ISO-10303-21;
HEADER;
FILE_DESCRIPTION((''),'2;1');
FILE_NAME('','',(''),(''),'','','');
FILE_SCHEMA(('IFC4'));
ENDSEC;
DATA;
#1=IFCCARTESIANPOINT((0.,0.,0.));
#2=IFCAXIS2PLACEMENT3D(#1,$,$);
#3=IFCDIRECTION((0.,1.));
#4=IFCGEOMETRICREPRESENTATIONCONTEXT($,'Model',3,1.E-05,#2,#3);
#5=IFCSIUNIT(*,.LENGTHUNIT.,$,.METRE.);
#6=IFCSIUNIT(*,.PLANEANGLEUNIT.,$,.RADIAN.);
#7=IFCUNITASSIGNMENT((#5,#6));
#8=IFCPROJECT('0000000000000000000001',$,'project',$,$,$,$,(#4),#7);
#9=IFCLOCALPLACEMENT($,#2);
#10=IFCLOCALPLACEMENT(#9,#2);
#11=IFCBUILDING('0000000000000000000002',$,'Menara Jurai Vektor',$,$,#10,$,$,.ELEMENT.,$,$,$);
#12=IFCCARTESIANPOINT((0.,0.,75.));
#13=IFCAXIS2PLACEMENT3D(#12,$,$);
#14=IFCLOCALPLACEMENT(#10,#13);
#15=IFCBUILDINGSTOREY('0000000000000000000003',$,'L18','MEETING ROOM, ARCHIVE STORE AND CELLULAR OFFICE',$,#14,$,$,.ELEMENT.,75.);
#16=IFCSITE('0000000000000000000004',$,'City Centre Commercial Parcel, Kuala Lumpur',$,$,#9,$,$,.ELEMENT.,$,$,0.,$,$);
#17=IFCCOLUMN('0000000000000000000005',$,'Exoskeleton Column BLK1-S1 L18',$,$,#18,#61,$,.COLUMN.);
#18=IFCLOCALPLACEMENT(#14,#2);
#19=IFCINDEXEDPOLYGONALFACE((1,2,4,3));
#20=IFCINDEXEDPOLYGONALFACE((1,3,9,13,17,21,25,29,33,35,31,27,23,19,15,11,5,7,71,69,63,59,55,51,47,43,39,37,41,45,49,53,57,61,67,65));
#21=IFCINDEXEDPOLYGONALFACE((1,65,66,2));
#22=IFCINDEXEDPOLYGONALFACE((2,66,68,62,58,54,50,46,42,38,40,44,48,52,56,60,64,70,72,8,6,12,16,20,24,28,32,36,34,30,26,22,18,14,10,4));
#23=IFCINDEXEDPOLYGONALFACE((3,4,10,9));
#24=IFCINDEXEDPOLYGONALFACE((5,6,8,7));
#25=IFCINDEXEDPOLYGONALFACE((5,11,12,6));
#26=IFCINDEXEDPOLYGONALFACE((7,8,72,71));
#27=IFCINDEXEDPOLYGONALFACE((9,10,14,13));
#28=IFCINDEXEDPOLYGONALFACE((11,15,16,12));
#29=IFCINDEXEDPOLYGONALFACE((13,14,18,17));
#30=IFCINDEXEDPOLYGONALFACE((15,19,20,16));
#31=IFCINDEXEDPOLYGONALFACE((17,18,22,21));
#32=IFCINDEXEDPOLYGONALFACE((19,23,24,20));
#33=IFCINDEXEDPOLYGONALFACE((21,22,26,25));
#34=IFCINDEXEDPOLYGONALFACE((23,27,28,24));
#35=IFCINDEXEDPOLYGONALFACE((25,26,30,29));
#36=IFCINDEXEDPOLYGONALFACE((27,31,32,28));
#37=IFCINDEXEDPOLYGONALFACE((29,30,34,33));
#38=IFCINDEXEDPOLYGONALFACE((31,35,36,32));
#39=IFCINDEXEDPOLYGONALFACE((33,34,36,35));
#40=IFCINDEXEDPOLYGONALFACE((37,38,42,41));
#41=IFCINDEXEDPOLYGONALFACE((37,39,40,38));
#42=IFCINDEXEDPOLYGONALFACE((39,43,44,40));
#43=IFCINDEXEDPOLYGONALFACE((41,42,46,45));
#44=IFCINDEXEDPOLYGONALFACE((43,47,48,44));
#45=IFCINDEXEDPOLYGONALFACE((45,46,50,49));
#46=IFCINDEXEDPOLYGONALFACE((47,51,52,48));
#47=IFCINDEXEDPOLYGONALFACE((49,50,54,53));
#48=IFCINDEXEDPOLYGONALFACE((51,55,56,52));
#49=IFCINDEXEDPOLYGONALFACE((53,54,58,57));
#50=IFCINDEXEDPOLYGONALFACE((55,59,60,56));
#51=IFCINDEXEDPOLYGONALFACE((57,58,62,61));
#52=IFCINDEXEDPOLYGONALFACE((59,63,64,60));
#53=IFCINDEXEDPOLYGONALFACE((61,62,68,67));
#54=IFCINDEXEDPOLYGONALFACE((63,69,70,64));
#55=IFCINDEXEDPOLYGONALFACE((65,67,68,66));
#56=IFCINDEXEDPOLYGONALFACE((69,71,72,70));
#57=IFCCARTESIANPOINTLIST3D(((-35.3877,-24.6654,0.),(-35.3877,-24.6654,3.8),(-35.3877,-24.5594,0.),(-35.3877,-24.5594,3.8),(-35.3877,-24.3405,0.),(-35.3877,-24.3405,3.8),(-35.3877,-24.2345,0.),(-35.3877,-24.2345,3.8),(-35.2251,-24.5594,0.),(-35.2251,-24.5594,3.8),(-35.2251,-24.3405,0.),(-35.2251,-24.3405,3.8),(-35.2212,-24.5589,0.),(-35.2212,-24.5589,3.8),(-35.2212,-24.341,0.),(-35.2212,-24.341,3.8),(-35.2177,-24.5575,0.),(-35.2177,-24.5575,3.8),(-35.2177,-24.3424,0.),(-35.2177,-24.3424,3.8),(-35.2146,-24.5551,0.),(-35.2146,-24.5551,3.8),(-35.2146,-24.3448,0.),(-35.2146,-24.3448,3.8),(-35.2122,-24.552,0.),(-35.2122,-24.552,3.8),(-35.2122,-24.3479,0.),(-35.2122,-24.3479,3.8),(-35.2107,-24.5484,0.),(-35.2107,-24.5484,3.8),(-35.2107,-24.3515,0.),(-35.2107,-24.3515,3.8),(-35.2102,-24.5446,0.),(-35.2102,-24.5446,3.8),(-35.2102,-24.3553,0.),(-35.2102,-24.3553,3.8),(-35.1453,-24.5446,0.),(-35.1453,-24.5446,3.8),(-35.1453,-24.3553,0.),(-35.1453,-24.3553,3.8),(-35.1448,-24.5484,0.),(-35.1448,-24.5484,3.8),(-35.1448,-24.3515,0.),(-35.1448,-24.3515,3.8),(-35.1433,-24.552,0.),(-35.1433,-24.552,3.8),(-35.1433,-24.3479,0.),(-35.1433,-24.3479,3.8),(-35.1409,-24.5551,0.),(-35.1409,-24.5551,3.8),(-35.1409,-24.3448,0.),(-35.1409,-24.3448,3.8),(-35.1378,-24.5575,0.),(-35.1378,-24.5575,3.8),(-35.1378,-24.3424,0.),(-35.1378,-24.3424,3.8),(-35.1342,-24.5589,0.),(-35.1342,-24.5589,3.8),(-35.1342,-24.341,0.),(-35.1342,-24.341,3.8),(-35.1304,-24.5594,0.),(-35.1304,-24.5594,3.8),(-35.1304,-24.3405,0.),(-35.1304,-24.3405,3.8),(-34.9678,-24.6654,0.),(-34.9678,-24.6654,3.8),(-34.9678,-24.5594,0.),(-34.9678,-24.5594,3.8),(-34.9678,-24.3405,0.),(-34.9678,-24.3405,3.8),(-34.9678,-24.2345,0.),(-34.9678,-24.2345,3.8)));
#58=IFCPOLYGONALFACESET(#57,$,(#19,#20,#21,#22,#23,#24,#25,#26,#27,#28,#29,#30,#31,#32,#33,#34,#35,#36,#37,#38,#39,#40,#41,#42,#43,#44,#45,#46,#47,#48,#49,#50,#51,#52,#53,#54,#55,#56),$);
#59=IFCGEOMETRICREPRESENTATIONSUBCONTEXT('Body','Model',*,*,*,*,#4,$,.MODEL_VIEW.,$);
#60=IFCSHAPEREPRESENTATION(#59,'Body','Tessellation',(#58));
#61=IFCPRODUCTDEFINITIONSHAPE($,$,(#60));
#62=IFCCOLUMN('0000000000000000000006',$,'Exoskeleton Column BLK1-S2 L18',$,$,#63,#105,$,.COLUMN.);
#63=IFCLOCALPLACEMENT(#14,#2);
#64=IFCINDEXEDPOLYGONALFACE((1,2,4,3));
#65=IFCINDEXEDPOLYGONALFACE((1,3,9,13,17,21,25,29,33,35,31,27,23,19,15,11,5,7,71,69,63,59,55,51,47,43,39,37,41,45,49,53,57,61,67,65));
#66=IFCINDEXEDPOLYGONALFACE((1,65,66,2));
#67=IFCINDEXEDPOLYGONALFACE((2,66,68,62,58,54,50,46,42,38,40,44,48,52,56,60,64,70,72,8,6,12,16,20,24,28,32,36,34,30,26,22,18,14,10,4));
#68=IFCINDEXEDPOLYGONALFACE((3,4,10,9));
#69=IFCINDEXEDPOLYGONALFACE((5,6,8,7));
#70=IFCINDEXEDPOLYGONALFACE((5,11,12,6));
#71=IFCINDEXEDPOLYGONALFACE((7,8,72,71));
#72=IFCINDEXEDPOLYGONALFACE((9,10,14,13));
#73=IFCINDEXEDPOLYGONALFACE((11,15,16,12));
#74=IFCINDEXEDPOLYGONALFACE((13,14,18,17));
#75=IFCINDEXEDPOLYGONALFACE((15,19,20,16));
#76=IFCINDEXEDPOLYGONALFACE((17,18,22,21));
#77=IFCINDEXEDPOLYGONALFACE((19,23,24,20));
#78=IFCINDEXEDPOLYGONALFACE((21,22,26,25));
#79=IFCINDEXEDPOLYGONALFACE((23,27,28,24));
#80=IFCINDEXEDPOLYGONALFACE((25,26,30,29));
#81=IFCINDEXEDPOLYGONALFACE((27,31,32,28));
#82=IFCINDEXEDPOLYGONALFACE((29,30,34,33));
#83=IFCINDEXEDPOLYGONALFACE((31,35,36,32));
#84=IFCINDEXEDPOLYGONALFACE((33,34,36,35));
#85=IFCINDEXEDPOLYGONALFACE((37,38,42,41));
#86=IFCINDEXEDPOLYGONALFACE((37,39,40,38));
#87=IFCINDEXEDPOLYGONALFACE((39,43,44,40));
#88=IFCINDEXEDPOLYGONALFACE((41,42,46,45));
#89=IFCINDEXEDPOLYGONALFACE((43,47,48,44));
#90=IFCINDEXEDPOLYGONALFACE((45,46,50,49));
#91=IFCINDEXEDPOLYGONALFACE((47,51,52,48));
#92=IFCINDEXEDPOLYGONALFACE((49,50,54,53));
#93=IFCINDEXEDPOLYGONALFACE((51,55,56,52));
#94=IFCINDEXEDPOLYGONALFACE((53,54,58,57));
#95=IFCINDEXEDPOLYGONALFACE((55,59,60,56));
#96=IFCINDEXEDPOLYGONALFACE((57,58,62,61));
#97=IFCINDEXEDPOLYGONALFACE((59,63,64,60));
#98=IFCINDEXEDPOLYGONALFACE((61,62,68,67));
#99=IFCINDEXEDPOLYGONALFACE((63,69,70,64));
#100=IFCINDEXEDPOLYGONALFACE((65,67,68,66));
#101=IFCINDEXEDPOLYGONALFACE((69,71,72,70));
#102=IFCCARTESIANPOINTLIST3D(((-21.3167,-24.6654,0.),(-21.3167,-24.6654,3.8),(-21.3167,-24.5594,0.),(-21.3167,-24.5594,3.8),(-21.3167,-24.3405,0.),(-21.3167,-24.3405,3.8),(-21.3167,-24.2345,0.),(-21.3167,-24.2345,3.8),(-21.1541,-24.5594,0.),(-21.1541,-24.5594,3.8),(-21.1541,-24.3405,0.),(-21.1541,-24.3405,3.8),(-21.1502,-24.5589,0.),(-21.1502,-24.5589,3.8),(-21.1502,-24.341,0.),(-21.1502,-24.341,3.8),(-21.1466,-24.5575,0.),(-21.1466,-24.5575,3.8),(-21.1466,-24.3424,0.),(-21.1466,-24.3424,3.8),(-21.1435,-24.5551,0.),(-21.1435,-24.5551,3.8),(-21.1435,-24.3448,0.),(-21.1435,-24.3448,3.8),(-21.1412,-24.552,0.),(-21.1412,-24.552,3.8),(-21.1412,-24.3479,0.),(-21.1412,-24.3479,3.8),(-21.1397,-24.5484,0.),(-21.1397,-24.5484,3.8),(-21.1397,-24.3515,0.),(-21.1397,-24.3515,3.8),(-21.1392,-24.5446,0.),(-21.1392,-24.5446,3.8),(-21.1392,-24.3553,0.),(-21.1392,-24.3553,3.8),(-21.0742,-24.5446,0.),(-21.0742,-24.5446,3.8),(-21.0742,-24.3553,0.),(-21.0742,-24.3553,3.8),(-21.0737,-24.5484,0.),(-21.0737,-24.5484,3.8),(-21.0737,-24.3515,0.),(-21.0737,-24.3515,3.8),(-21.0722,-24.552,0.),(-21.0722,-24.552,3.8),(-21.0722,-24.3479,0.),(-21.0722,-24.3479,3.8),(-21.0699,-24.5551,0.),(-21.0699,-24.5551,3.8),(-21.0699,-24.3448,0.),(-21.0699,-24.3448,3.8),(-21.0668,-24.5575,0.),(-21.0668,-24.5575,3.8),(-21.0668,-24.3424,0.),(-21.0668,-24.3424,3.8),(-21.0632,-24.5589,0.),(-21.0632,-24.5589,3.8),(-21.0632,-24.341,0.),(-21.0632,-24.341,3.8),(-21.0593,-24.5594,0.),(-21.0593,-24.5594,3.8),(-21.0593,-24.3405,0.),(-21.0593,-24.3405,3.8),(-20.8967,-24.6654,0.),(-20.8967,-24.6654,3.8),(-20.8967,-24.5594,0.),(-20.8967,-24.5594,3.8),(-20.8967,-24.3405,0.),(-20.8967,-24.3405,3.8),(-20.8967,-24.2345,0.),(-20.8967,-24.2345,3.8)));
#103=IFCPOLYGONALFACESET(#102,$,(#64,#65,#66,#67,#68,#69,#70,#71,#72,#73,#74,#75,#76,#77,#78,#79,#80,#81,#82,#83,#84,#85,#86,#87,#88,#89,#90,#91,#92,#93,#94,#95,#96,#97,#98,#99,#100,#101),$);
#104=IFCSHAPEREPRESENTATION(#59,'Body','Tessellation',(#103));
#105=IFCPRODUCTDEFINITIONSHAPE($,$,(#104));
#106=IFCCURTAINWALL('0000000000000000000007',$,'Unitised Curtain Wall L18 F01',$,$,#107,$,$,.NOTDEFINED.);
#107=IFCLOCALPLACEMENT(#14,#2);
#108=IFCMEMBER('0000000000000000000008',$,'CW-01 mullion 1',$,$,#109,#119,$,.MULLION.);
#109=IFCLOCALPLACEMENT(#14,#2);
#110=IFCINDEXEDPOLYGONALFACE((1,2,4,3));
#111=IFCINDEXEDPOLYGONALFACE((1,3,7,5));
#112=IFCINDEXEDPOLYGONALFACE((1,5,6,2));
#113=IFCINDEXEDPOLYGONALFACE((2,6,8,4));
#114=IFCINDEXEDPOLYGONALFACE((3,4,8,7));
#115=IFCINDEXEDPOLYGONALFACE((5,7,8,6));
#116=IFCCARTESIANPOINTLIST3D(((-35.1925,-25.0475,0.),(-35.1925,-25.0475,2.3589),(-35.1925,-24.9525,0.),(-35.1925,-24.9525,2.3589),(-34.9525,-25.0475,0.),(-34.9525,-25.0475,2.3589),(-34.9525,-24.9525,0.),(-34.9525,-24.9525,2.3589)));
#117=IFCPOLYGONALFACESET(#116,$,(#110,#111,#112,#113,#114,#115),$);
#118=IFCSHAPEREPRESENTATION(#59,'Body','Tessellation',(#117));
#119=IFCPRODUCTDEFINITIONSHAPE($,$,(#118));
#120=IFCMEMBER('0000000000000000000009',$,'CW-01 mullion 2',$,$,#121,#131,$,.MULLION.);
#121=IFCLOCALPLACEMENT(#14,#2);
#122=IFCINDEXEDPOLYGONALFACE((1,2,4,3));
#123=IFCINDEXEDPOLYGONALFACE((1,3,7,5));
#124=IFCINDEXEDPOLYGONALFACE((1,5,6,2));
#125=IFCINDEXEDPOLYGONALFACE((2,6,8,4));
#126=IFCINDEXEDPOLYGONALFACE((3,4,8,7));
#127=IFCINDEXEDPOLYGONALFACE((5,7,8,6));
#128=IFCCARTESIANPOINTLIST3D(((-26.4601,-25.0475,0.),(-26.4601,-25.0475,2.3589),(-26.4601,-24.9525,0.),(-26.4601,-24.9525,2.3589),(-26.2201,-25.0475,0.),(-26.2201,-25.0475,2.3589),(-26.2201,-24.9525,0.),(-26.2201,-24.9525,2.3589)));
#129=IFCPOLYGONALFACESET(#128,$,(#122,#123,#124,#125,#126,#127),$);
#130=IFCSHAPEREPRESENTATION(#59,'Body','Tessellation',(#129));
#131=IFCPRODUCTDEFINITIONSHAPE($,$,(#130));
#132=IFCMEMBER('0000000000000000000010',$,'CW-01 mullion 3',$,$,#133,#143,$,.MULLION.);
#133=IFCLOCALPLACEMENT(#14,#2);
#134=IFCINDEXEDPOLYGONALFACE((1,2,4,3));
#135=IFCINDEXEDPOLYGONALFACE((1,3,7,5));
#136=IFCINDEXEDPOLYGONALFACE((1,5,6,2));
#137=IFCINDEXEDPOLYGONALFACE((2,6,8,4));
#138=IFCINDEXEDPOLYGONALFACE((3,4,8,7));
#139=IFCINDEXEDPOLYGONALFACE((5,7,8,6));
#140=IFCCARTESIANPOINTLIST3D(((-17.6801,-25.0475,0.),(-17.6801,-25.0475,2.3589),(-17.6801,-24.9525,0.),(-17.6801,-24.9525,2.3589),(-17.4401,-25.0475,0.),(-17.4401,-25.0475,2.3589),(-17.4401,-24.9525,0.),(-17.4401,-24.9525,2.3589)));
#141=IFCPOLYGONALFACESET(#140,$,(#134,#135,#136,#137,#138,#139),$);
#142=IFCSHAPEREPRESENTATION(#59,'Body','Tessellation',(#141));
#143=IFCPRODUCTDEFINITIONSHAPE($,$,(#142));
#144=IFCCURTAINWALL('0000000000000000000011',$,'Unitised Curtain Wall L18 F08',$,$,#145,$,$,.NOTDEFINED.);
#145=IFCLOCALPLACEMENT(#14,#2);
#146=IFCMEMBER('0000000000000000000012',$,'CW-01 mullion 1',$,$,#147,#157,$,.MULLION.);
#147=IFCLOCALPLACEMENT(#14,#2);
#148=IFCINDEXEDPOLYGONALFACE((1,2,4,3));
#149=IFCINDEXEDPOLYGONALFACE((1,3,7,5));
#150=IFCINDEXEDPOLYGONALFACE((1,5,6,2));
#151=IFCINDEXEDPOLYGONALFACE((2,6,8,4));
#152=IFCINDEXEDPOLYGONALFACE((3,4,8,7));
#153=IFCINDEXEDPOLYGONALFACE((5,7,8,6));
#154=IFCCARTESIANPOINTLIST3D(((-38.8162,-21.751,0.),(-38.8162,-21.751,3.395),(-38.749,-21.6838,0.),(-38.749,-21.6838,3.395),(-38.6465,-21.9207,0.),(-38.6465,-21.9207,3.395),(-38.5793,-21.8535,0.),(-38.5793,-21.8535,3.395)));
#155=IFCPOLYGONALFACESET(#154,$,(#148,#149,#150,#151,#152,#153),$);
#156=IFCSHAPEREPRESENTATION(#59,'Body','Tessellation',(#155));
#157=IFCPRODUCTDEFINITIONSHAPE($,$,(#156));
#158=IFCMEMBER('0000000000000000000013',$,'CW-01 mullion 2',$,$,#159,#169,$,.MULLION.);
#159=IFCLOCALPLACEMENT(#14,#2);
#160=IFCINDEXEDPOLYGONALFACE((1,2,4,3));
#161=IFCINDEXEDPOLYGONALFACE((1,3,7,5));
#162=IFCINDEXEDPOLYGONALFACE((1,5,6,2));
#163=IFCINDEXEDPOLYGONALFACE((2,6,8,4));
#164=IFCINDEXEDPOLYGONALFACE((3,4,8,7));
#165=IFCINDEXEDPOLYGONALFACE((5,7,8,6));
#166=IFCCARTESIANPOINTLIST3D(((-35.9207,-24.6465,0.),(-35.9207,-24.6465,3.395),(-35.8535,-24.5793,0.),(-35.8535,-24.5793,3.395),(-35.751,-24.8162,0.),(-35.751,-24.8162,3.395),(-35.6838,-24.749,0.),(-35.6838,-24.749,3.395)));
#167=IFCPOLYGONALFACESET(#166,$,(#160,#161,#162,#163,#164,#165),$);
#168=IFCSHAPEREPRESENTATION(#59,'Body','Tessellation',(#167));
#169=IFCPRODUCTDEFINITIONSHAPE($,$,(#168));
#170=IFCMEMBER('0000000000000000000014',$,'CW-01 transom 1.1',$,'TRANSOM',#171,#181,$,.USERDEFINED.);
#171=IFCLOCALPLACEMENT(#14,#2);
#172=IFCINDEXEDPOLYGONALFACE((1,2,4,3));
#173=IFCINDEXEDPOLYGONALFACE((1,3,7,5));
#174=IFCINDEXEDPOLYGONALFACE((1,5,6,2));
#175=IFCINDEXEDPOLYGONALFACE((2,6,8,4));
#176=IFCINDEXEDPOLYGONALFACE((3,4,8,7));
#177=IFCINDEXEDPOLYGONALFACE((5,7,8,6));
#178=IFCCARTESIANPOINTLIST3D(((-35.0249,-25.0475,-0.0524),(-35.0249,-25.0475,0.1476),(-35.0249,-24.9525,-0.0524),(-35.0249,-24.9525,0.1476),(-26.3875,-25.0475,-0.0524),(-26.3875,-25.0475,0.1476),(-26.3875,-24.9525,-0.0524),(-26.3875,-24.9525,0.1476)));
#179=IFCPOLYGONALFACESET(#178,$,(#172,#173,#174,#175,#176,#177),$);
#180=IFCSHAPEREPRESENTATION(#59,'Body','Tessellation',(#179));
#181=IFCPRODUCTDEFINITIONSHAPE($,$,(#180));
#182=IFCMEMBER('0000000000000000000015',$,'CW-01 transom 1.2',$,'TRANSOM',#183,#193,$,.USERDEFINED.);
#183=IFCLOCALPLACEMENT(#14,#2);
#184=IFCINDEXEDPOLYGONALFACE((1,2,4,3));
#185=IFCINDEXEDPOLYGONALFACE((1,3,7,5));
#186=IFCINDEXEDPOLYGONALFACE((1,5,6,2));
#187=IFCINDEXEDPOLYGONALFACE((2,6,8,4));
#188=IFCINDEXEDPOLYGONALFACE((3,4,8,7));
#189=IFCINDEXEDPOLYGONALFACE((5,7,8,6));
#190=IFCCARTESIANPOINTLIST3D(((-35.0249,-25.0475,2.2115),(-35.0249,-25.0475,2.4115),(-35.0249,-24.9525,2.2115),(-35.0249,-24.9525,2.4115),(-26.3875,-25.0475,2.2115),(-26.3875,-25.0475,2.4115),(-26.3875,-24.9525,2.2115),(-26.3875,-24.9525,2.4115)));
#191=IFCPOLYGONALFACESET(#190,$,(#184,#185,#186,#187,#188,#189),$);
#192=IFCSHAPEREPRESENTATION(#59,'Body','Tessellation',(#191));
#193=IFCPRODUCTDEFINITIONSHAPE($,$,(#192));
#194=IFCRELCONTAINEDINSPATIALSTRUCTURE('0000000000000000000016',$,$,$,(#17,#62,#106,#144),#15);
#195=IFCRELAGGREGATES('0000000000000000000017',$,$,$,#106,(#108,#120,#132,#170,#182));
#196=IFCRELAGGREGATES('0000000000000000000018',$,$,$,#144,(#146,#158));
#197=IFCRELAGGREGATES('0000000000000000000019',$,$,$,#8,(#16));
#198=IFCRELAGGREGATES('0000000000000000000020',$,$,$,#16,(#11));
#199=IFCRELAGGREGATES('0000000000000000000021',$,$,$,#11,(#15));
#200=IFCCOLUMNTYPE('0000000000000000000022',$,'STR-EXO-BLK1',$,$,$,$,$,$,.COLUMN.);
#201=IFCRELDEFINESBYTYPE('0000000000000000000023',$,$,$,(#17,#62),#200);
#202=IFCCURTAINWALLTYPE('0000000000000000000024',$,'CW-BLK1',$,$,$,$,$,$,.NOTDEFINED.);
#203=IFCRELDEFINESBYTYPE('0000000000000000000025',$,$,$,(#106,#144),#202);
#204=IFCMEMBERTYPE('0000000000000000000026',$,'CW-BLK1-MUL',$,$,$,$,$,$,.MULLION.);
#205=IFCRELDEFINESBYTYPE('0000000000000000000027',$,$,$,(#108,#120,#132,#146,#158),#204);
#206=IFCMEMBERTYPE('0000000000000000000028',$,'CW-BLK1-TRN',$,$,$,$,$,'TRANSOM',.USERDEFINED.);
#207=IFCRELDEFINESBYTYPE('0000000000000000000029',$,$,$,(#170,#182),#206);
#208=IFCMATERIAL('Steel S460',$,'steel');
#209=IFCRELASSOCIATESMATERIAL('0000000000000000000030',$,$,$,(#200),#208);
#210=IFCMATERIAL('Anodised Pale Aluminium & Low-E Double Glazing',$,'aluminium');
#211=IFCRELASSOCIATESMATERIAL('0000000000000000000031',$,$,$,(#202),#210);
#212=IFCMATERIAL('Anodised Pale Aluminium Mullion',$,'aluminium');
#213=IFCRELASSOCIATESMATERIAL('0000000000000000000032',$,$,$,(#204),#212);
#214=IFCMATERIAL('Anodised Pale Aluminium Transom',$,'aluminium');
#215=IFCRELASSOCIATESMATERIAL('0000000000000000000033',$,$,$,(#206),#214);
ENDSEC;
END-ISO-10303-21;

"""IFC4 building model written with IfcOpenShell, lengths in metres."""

from ifc_helpers import new_model, si_unit, direction, frame, origin, origin_2d, place, context, subcontext, project, spatial, rectangle, i_section, extrude, material, material_profile, profile_set, type_object, element, aggregate, save


model = new_model("IFC4")

# Units and contexts
model_context = context("Model", 3, precision=1e-05, world=origin(), true_north=direction((0.0, 1.0)))
body_context = subcontext(model_context, "Body", "Model", "MODEL_VIEW")
ifc_project = project(units=[si_unit("LENGTHUNIT", "METRE"), si_unit("PLANEANGLEUNIT", "RADIAN")], contexts=[model_context])

# Site, building, storey
site_placement = place(None, origin())
site = spatial("IfcSite", under=ifc_project, at=site_placement, Name="City Centre Commercial Parcel, Kuala Lumpur", CompositionType="ELEMENT", RefElevation=0.0)
building_placement = place(site_placement, origin())
building = spatial("IfcBuilding", under=site, at=building_placement, Name="Menara Jurai Vektor", CompositionType="ELEMENT")
storey_placement = place(building_placement, frame((0.0, 0.0, 75.0)))
storey = spatial("IfcBuildingStorey", under=building, at=storey_placement, Name="L18", Description="MEETING ROOM, ARCHIVE STORE AND CELLULAR OFFICE", CompositionType="ELEMENT", Elevation=75.0)

# Columns
ifc_material_1 = material(Name="Steel S460", Category="steel")
ifc_material_profile_1 = material_profile(ifc_material_1, i_section(OverallWidth=0.4199, OverallDepth=0.4309, WebThickness=0.0649, FlangeThickness=0.106, FilletRadius=0.0149, at=origin_2d()), Name="HD 400x900")
ifc_profile_set_1 = profile_set([ifc_material_profile_1], Name="Steel S460")
column_type = type_object("IfcColumnType", Name="STR-EXO-BLK1", PredefinedType="COLUMN", material=ifc_profile_set_1)
for number, where, z_axis, x_axis, name in (
    (1, (-35.1777, -24.45, 0.0), (0.0, 0.0, 1.0), (1.0, 0.0, 0.0), "Exoskeleton Column BLK1-S1 L18"),
    (2, (-21.1067, -24.45, 0.0), (0.0, 0.0, 1.0), (1.0, 0.0, 0.0), "Exoskeleton Column BLK1-S2 L18"),
):
    element("IfcColumn", number, at=place(storey_placement, frame(where, z_axis=z_axis, x_axis=x_axis)), inside=storey, type_object=column_type, Name=name, PredefinedType="COLUMN", context=body_context, shape_type="SweptSolid", body=[
        extrude(i_section(OverallWidth=0.4199, OverallDepth=0.4309, WebThickness=0.0649, FlangeThickness=0.106, FilletRadius=0.0149, at=origin_2d()), origin(), (0.0, 0.0, 1.0), 3.8),
    ])

# Curtain walls, members
ifc_material_2 = material(Name="Anodised Pale Aluminium & Low-E Double Glazing", Category="aluminium")
curtain_wall_type = type_object("IfcCurtainWallType", Name="CW-BLK1", PredefinedType="NOTDEFINED", material=ifc_material_2)
curtain_wall_1_placement = place(storey_placement, origin())
curtain_wall_1 = element("IfcCurtainWall", 3, at=curtain_wall_1_placement, inside=storey, type_object=curtain_wall_type, Name="Unitised Curtain Wall L18 F01", PredefinedType="NOTDEFINED")
ifc_material_3 = material(Name="Anodised Pale Aluminium Mullion", Category="aluminium")
ifc_material_profile_2 = material_profile(ifc_material_3, rectangle(XDim=0.095, YDim=0.24, at=origin_2d()), Name="ALU MUL 95x240")
ifc_profile_set_2 = profile_set([ifc_material_profile_2], Name="Anodised Pale Aluminium Mullion")
member_type_1 = type_object("IfcMemberType", Name="CW-BLK1-MUL", PredefinedType="MULLION", material=ifc_profile_set_2)
member_1_placement = place(storey_placement, frame((-35.0725, -25.0, 0.0), z_axis=(0.0, 0.0, 1.0), x_axis=(0.0, 1.0, 0.0)))
member_1 = element("IfcMember", 4, at=member_1_placement, type_object=member_type_1, Name="CW-01 mullion 1", PredefinedType="MULLION", context=body_context, shape_type="SweptSolid", body=[
    extrude(rectangle(XDim=0.095, YDim=0.24, at=origin_2d()), origin(), (0.0, 0.0, 1.0), 2.3589),
])
member_2_placement = place(storey_placement, frame((-26.3401, -25.0, 0.0), z_axis=(0.0, 0.0, 1.0), x_axis=(0.0, 1.0, 0.0)))
member_2 = element("IfcMember", 5, at=member_2_placement, type_object=member_type_1, Name="CW-01 mullion 2", PredefinedType="MULLION", context=body_context, shape_type="SweptSolid", body=[
    extrude(rectangle(XDim=0.095, YDim=0.24, at=origin_2d()), origin(), (0.0, 0.0, 1.0), 2.3589),
])
member_3_placement = place(storey_placement, frame((-17.5601, -25.0, 0.0), z_axis=(0.0, 0.0, 1.0), x_axis=(0.0, 1.0, 0.0)))
member_3 = element("IfcMember", 6, at=member_3_placement, type_object=member_type_1, Name="CW-01 mullion 3", PredefinedType="MULLION", context=body_context, shape_type="SweptSolid", body=[
    extrude(rectangle(XDim=0.095, YDim=0.24, at=origin_2d()), origin(), (0.0, 0.0, 1.0), 2.3589),
])
curtain_wall_2_placement = place(storey_placement, origin())
curtain_wall_2 = element("IfcCurtainWall", 7, at=curtain_wall_2_placement, inside=storey, type_object=curtain_wall_type, Name="Unitised Curtain Wall L18 F08", PredefinedType="NOTDEFINED")
member_4_placement = place(storey_placement, frame((-38.6978, -21.8022, 0.0), z_axis=(0.0, 0.0, 1.0), x_axis=(0.707107, 0.707107, 0.0)))
member_4 = element("IfcMember", 8, at=member_4_placement, type_object=member_type_1, Name="CW-01 mullion 1", PredefinedType="MULLION", context=body_context, shape_type="SweptSolid", body=[
    extrude(rectangle(XDim=0.095, YDim=0.24, at=origin_2d()), origin(), (0.0, 0.0, 1.0), 3.395),
])
member_5_placement = place(storey_placement, frame((-35.8022, -24.6978, 0.0), z_axis=(0.0, 0.0, 1.0), x_axis=(0.707107, 0.707107, 0.0)))
member_5 = element("IfcMember", 9, at=member_5_placement, type_object=member_type_1, Name="CW-01 mullion 2", PredefinedType="MULLION", context=body_context, shape_type="SweptSolid", body=[
    extrude(rectangle(XDim=0.095, YDim=0.24, at=origin_2d()), origin(), (0.0, 0.0, 1.0), 3.395),
])

# Members
ifc_material_4 = material(Name="Anodised Pale Aluminium Transom", Category="aluminium")
ifc_material_profile_3 = material_profile(ifc_material_4, rectangle(XDim=0.095, YDim=0.2, at=origin_2d()), Name="ALU TRN 95x200")
ifc_profile_set_3 = profile_set([ifc_material_profile_3], Name="Anodised Pale Aluminium Transom")
member_type_2 = type_object("IfcMemberType", Name="CW-BLK1-TRN", ElementType="TRANSOM", PredefinedType="USERDEFINED", material=ifc_profile_set_3)
member_6_placement = place(storey_placement, frame((-35.0249, -25.0, 0.0476), z_axis=(1.0, 0.0, 0.0), x_axis=(0.0, 1.0, 0.0)))
member_6 = element("IfcMember", 10, at=member_6_placement, type_object=member_type_2, Name="CW-01 transom 1.1", ObjectType="TRANSOM", PredefinedType="USERDEFINED", context=body_context, shape_type="SweptSolid", body=[
    extrude(rectangle(XDim=0.095, YDim=0.2, at=origin_2d()), origin(), (0.0, 0.0, 1.0), 8.6375),
])
member_7_placement = place(storey_placement, frame((-35.0249, -25.0, 2.3115), z_axis=(1.0, 0.0, 0.0), x_axis=(0.0, 1.0, 0.0)))
member_7 = element("IfcMember", 11, at=member_7_placement, type_object=member_type_2, Name="CW-01 transom 1.2", ObjectType="TRANSOM", PredefinedType="USERDEFINED", context=body_context, shape_type="SweptSolid", body=[
    extrude(rectangle(XDim=0.095, YDim=0.2, at=origin_2d()), origin(), (0.0, 0.0, 1.0), 8.6375),
])

aggregate(curtain_wall_1, [member_1, member_2, member_3, member_6, member_7])
aggregate(curtain_wall_2, [member_4, member_5])

save(model, "model.ifc")
